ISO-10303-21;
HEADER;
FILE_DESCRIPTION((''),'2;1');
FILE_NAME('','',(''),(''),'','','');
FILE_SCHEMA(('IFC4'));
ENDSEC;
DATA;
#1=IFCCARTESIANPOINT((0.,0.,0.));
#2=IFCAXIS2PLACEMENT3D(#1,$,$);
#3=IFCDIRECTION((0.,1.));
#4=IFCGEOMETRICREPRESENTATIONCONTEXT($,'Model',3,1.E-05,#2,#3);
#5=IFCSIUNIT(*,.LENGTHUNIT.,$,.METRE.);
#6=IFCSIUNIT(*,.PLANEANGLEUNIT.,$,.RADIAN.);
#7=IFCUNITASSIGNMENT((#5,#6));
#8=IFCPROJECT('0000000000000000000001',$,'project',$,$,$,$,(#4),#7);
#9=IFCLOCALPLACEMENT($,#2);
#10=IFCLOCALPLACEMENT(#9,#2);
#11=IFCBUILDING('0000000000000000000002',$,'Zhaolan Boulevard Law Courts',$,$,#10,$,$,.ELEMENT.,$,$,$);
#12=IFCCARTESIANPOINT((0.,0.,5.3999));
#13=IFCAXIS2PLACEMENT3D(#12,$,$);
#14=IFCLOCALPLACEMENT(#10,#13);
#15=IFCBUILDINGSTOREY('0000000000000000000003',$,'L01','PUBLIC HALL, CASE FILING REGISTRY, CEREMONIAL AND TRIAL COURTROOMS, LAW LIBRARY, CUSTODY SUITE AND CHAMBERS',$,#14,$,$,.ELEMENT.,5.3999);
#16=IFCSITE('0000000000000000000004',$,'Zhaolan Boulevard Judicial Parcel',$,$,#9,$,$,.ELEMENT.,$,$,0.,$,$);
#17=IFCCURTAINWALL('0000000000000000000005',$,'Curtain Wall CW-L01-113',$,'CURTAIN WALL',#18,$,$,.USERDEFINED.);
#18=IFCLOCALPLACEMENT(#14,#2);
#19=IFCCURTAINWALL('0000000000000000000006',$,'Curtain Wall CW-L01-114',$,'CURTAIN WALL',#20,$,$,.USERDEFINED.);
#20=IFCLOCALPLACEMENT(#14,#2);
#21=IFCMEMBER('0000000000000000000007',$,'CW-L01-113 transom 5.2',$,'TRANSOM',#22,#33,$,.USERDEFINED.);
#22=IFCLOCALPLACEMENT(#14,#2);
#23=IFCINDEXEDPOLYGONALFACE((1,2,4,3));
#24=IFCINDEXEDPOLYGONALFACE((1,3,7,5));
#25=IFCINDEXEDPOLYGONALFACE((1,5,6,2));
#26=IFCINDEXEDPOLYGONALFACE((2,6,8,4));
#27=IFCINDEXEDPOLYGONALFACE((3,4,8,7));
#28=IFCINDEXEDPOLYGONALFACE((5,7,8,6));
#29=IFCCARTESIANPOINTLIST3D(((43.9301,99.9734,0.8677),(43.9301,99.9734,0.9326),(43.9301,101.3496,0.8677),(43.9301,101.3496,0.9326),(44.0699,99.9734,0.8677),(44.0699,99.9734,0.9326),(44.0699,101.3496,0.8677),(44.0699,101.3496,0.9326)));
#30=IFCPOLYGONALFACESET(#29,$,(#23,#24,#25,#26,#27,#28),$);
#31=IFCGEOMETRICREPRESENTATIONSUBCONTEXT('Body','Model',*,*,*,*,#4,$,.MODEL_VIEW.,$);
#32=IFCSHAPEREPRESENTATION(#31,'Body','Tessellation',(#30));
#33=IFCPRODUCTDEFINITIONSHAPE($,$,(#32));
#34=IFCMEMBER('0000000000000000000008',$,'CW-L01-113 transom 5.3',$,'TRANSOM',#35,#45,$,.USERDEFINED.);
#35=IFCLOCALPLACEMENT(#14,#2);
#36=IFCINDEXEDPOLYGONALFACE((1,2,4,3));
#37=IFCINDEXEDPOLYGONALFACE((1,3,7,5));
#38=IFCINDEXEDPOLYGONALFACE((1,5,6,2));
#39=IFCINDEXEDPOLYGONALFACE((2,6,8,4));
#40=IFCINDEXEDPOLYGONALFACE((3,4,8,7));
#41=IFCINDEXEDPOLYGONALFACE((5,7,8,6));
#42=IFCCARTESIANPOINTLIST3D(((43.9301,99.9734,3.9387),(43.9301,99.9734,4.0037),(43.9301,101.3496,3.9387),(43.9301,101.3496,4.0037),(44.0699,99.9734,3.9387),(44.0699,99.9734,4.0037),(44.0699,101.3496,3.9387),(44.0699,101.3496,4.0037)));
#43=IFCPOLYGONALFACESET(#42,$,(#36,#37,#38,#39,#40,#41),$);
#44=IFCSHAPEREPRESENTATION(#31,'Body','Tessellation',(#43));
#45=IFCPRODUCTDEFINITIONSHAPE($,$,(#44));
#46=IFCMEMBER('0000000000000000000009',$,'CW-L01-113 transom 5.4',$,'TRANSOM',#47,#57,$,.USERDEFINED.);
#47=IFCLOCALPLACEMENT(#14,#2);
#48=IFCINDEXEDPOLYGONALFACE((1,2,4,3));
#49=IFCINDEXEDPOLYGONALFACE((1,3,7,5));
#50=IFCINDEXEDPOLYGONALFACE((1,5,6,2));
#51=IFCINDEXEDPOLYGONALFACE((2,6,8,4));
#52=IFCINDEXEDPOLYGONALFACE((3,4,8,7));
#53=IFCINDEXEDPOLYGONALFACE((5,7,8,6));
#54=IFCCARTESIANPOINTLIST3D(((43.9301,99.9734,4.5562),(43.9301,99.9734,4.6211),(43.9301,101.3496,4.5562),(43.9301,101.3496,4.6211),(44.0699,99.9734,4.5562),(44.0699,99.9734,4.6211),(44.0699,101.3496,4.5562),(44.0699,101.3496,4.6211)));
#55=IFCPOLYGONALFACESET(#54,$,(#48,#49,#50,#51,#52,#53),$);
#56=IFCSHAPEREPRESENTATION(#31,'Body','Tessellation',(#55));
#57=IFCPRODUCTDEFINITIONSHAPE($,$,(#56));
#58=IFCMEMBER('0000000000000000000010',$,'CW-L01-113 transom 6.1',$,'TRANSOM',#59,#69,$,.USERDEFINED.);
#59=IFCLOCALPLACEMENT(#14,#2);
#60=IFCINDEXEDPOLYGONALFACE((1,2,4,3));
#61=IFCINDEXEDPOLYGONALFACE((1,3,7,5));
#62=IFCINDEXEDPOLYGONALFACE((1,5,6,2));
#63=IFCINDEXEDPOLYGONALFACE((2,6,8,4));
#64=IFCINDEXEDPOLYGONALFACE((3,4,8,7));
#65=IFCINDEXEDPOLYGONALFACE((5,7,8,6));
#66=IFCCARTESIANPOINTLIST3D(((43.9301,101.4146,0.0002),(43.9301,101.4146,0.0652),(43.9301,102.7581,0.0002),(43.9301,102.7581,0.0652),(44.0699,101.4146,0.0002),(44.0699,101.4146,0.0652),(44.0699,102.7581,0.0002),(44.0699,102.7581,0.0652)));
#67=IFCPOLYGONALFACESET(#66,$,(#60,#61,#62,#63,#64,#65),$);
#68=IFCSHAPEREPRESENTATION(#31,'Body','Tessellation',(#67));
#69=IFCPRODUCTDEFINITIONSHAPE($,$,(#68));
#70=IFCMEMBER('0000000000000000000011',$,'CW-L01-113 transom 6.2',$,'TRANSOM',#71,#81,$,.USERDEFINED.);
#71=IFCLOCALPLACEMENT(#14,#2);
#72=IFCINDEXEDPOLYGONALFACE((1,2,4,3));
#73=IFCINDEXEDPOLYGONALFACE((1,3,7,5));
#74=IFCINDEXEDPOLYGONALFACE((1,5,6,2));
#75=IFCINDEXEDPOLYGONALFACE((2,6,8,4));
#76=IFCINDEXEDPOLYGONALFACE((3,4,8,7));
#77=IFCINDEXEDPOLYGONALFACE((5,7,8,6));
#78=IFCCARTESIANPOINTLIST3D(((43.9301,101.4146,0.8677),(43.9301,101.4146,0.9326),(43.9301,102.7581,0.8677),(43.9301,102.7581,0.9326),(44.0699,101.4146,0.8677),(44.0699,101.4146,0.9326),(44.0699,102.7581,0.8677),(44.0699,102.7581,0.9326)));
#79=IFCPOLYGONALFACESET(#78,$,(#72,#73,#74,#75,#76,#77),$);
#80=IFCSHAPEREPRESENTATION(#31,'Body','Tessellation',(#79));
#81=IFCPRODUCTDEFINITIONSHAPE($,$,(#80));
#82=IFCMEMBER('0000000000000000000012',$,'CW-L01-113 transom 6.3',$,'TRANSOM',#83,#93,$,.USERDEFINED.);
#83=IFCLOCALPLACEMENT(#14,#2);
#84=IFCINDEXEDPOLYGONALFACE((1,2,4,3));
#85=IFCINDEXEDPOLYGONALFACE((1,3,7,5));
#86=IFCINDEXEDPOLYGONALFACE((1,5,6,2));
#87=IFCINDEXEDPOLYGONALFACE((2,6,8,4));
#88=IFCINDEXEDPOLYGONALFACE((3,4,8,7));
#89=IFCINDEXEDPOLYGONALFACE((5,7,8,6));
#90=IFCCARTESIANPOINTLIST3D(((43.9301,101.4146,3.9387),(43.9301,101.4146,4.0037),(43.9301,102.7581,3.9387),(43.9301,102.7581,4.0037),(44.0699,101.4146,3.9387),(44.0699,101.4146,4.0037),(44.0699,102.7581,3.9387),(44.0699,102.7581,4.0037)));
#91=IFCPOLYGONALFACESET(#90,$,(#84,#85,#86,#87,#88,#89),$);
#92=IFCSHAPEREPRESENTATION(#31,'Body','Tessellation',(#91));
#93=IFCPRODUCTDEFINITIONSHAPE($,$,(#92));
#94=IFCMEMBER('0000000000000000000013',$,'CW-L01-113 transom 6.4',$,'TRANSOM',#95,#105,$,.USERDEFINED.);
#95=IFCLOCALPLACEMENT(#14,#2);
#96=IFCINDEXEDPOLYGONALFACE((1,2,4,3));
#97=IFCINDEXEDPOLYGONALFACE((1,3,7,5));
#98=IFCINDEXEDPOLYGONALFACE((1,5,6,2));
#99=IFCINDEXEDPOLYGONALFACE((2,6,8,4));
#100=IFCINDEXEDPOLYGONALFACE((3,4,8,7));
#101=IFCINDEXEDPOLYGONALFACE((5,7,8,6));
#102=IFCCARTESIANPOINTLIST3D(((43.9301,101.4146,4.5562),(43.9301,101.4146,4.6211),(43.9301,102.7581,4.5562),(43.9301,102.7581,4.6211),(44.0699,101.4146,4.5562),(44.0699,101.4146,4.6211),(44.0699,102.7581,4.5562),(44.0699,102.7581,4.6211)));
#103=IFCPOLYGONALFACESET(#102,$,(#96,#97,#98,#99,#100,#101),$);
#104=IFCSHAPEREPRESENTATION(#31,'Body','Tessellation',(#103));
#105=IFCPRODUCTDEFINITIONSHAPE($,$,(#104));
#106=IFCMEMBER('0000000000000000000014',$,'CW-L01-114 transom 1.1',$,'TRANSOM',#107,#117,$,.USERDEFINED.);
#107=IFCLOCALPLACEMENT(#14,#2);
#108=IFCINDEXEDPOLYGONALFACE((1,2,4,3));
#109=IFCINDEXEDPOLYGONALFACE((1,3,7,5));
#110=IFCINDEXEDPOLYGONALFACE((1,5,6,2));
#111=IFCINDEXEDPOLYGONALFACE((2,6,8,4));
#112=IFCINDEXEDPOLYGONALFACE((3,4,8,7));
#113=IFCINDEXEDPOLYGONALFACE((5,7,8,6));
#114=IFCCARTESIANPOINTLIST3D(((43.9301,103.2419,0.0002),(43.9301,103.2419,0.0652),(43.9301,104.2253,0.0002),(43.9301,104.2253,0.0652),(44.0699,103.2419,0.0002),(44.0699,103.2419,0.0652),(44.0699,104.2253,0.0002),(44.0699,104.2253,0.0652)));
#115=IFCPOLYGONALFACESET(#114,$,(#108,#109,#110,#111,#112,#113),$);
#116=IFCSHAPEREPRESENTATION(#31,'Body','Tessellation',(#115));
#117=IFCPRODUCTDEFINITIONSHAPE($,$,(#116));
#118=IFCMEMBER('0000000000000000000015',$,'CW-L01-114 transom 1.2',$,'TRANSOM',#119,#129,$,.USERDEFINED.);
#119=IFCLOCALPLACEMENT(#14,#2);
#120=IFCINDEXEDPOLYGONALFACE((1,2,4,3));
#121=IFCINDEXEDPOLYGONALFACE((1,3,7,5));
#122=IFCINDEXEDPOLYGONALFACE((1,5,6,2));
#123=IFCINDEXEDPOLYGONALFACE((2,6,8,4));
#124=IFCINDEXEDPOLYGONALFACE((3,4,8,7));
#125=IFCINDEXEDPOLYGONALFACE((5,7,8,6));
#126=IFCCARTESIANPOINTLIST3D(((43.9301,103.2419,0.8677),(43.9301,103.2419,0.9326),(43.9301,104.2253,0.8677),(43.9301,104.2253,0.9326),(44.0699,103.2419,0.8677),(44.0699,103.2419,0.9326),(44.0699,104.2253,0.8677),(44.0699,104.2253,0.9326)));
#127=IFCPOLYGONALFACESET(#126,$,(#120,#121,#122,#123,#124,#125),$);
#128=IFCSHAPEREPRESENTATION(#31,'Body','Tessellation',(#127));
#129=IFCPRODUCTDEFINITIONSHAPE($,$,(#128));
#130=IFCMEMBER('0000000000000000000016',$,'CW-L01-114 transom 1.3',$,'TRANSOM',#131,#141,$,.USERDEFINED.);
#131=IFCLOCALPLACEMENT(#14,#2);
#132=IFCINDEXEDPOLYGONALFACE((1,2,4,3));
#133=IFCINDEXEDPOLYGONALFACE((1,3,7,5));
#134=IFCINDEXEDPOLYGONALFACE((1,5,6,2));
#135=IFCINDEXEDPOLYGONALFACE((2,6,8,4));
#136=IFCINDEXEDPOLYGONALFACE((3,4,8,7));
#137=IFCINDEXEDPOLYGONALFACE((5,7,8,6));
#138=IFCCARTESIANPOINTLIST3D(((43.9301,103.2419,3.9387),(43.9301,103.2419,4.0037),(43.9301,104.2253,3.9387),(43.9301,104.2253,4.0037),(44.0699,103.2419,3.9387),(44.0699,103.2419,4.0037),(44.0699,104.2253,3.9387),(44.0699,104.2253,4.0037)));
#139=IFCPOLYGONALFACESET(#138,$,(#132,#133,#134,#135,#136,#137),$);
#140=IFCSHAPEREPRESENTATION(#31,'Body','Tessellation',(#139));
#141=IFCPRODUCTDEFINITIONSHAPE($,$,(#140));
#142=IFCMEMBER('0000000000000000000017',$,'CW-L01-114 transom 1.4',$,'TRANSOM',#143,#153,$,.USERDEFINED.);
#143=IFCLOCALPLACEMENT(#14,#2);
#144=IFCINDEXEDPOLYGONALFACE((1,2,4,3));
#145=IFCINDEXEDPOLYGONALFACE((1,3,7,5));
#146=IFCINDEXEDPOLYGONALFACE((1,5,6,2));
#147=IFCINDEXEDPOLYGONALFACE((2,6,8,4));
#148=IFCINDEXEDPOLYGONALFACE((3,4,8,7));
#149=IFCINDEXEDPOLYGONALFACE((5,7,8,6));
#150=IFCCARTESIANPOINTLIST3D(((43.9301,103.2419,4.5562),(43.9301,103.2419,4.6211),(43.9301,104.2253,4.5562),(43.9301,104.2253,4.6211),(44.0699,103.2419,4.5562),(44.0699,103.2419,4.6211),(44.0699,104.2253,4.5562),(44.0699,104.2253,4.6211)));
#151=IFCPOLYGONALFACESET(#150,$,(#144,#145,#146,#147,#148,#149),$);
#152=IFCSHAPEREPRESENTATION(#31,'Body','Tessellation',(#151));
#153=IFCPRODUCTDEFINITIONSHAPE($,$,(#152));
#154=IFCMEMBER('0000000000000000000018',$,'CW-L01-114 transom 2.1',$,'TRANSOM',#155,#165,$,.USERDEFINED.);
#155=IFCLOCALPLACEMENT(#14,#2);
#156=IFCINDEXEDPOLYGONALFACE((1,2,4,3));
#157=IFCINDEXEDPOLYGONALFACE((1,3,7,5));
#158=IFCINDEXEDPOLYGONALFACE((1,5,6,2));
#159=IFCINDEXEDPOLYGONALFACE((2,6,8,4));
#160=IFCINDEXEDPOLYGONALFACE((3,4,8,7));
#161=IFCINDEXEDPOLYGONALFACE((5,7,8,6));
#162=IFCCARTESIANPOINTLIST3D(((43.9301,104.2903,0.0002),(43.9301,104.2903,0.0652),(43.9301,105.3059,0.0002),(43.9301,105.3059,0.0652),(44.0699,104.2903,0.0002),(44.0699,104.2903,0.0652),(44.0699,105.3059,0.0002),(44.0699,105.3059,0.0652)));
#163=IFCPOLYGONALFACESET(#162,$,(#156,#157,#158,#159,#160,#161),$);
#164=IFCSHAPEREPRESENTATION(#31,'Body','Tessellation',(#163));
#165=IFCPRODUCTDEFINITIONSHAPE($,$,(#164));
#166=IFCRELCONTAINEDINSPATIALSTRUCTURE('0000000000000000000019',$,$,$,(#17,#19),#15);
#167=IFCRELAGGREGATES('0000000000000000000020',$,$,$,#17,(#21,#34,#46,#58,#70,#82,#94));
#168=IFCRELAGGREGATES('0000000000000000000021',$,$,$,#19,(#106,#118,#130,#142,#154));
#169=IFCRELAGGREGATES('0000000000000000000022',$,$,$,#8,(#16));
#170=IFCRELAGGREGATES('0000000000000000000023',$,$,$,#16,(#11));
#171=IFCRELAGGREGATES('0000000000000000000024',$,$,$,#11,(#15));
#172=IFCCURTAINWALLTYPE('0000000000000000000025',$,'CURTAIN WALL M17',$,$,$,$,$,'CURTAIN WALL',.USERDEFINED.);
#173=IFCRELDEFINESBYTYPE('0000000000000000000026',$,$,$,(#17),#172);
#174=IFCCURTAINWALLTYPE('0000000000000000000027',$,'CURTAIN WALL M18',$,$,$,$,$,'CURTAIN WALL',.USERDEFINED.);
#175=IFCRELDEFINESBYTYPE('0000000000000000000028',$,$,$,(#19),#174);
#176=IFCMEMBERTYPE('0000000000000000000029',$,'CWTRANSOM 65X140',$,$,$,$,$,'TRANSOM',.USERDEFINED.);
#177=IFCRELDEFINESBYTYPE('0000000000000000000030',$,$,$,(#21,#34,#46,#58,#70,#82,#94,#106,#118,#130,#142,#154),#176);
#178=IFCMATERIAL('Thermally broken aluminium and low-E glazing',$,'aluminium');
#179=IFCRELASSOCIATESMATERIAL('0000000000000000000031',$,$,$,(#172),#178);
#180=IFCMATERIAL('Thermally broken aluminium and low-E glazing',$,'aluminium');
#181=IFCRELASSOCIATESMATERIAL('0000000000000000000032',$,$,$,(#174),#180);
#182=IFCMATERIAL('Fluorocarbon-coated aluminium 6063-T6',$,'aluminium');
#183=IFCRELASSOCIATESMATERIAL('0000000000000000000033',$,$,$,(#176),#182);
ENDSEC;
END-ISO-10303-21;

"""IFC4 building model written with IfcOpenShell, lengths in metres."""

from ifc_helpers import new_model, si_unit, direction, frame, origin, origin_2d, place, context, subcontext, project, spatial, rectangle, extrude, material, material_profile, profile_set, type_object, element, aggregate, save


model = new_model("IFC4")

# Units and contexts
model_context = context("Model", 3, precision=1e-05, world=origin(), true_north=direction((0.0, 1.0)))
body_context = subcontext(model_context, "Body", "Model", "MODEL_VIEW")
ifc_project = project(units=[si_unit("LENGTHUNIT", "METRE"), si_unit("PLANEANGLEUNIT", "RADIAN")], contexts=[model_context])

# Site, building, storey
site_placement = place(None, origin())
site = spatial("IfcSite", under=ifc_project, at=site_placement, Name="Zhaolan Boulevard Judicial Parcel", CompositionType="ELEMENT", RefElevation=0.0)
building_placement = place(site_placement, origin())
building = spatial("IfcBuilding", under=site, at=building_placement, Name="Zhaolan Boulevard Law Courts", CompositionType="ELEMENT")
storey_placement = place(building_placement, frame((0.0, 0.0, 5.3999)))
storey = spatial("IfcBuildingStorey", under=building, at=storey_placement, Name="L01", Description="PUBLIC HALL, CASE FILING REGISTRY, CEREMONIAL AND TRIAL COURTROOMS, LAW LIBRARY, CUSTODY SUITE AND CHAMBERS", CompositionType="ELEMENT", Elevation=5.3999)

# Curtain walls
ifc_material_1 = material(Name="Thermally broken aluminium and low-E glazing", Category="aluminium")
curtain_wall_type_1 = type_object("IfcCurtainWallType", Name="CURTAIN WALL M17", ElementType="CURTAIN WALL", PredefinedType="USERDEFINED", material=ifc_material_1)
curtain_wall_1_placement = place(storey_placement, origin())
curtain_wall_1 = element("IfcCurtainWall", 1, at=curtain_wall_1_placement, inside=storey, type_object=curtain_wall_type_1, Name="Curtain Wall CW-L01-113", ObjectType="CURTAIN WALL", PredefinedType="USERDEFINED")
ifc_material_2 = material(Name="Thermally broken aluminium and low-E glazing", Category="aluminium")
curtain_wall_type_2 = type_object("IfcCurtainWallType", Name="CURTAIN WALL M18", ElementType="CURTAIN WALL", PredefinedType="USERDEFINED", material=ifc_material_2)
curtain_wall_2_placement = place(storey_placement, origin())
curtain_wall_2 = element("IfcCurtainWall", 2, at=curtain_wall_2_placement, inside=storey, type_object=curtain_wall_type_2, Name="Curtain Wall CW-L01-114", ObjectType="CURTAIN WALL", PredefinedType="USERDEFINED")

# Members
ifc_material_3 = material(Name="Fluorocarbon-coated aluminium 6063-T6", Category="aluminium")
ifc_material_profile_1 = material_profile(ifc_material_3, rectangle(XDim=0.1399, YDim=0.0649, at=origin_2d()), Name="AL65x140")
ifc_profile_set_1 = profile_set([ifc_material_profile_1], Name="Fluorocarbon-coated aluminium 6063-T6")
member_type_1 = type_object("IfcMemberType", Name="CWTRANSOM 65X140", ElementType="TRANSOM", PredefinedType="USERDEFINED", material=ifc_profile_set_1)
member_1_placement = place(storey_placement, frame((44.0, 99.9734, 0.9001), z_axis=(0.0, 1.0, 0.0), x_axis=(-1.0, 0.0, 0.0)))
member_1 = element("IfcMember", 3, at=member_1_placement, type_object=member_type_1, Name="CW-L01-113 transom 5.2", ObjectType="TRANSOM", PredefinedType="USERDEFINED", context=body_context, shape_type="SweptSolid", body=[
    extrude(rectangle(XDim=0.1399, YDim=0.0649, at=origin_2d()), origin(), (0.0, 0.0, 1.0), 1.3762),
])
member_2_placement = place(storey_placement, frame((44.0, 99.9734, 3.9712), z_axis=(0.0, 1.0, 0.0), x_axis=(-1.0, 0.0, 0.0)))
member_2 = element("IfcMember", 4, at=member_2_placement, type_object=member_type_1, Name="CW-L01-113 transom 5.3", ObjectType="TRANSOM", PredefinedType="USERDEFINED", context=body_context, shape_type="SweptSolid", body=[
    extrude(rectangle(XDim=0.1399, YDim=0.0649, at=origin_2d()), origin(), (0.0, 0.0, 1.0), 1.3762),
])
member_3_placement = place(storey_placement, frame((44.0, 99.9734, 4.5886), z_axis=(0.0, 1.0, 0.0), x_axis=(-1.0, 0.0, 0.0)))
member_3 = element("IfcMember", 5, at=member_3_placement, type_object=member_type_1, Name="CW-L01-113 transom 5.4", ObjectType="TRANSOM", PredefinedType="USERDEFINED", context=body_context, shape_type="SweptSolid", body=[
    extrude(rectangle(XDim=0.1399, YDim=0.0649, at=origin_2d()), origin(), (0.0, 0.0, 1.0), 1.3762),
])
member_4_placement = place(storey_placement, frame((44.0, 101.4146, 0.0327), z_axis=(0.0, 1.0, 0.0), x_axis=(-1.0, 0.0, 0.0)))
member_4 = element("IfcMember", 6, at=member_4_placement, type_object=member_type_1, Name="CW-L01-113 transom 6.1", ObjectType="TRANSOM", PredefinedType="USERDEFINED", context=body_context, shape_type="SweptSolid", body=[
    extrude(rectangle(XDim=0.1399, YDim=0.0649, at=origin_2d()), origin(), (0.0, 0.0, 1.0), 1.3435),
])
member_5_placement = place(storey_placement, frame((44.0, 101.4146, 0.9001), z_axis=(0.0, 1.0, 0.0), x_axis=(-1.0, 0.0, 0.0)))
member_5 = element("IfcMember", 7, at=member_5_placement, type_object=member_type_1, Name="CW-L01-113 transom 6.2", ObjectType="TRANSOM", PredefinedType="USERDEFINED", context=body_context, shape_type="SweptSolid", body=[
    extrude(rectangle(XDim=0.1399, YDim=0.0649, at=origin_2d()), origin(), (0.0, 0.0, 1.0), 1.3435),
])
member_6_placement = place(storey_placement, frame((44.0, 101.4146, 3.9712), z_axis=(0.0, 1.0, 0.0), x_axis=(-1.0, 0.0, 0.0)))
member_6 = element("IfcMember", 8, at=member_6_placement, type_object=member_type_1, Name="CW-L01-113 transom 6.3", ObjectType="TRANSOM", PredefinedType="USERDEFINED", context=body_context, shape_type="SweptSolid", body=[
    extrude(rectangle(XDim=0.1399, YDim=0.0649, at=origin_2d()), origin(), (0.0, 0.0, 1.0), 1.3435),
])
member_7_placement = place(storey_placement, frame((44.0, 101.4146, 4.5886), z_axis=(0.0, 1.0, 0.0), x_axis=(-1.0, 0.0, 0.0)))
member_7 = element("IfcMember", 9, at=member_7_placement, type_object=member_type_1, Name="CW-L01-113 transom 6.4", ObjectType="TRANSOM", PredefinedType="USERDEFINED", context=body_context, shape_type="SweptSolid", body=[
    extrude(rectangle(XDim=0.1399, YDim=0.0649, at=origin_2d()), origin(), (0.0, 0.0, 1.0), 1.3435),
])
member_8_placement = place(storey_placement, frame((44.0, 103.2419, 0.0327), z_axis=(0.0, 1.0, 0.0), x_axis=(-1.0, 0.0, 0.0)))
member_8 = element("IfcMember", 10, at=member_8_placement, type_object=member_type_1, Name="CW-L01-114 transom 1.1", ObjectType="TRANSOM", PredefinedType="USERDEFINED", context=body_context, shape_type="SweptSolid", body=[
    extrude(rectangle(XDim=0.1399, YDim=0.0649, at=origin_2d()), origin(), (0.0, 0.0, 1.0), 0.9834),
])
member_9_placement = place(storey_placement, frame((44.0, 103.2419, 0.9001), z_axis=(0.0, 1.0, 0.0), x_axis=(-1.0, 0.0, 0.0)))
member_9 = element("IfcMember", 11, at=member_9_placement, type_object=member_type_1, Name="CW-L01-114 transom 1.2", ObjectType="TRANSOM", PredefinedType="USERDEFINED", context=body_context, shape_type="SweptSolid", body=[
    extrude(rectangle(XDim=0.1399, YDim=0.0649, at=origin_2d()), origin(), (0.0, 0.0, 1.0), 0.9834),
])
member_10_placement = place(storey_placement, frame((44.0, 103.2419, 3.9712), z_axis=(0.0, 1.0, 0.0), x_axis=(-1.0, 0.0, 0.0)))
member_10 = element("IfcMember", 12, at=member_10_placement, type_object=member_type_1, Name="CW-L01-114 transom 1.3", ObjectType="TRANSOM", PredefinedType="USERDEFINED", context=body_context, shape_type="SweptSolid", body=[
    extrude(rectangle(XDim=0.1399, YDim=0.0649, at=origin_2d()), origin(), (0.0, 0.0, 1.0), 0.9834),
])
member_11_placement = place(storey_placement, frame((44.0, 103.2419, 4.5886), z_axis=(0.0, 1.0, 0.0), x_axis=(-1.0, 0.0, 0.0)))
member_11 = element("IfcMember", 13, at=member_11_placement, type_object=member_type_1, Name="CW-L01-114 transom 1.4", ObjectType="TRANSOM", PredefinedType="USERDEFINED", context=body_context, shape_type="SweptSolid", body=[
    extrude(rectangle(XDim=0.1399, YDim=0.0649, at=origin_2d()), origin(), (0.0, 0.0, 1.0), 0.9834),
])
member_12_placement = place(storey_placement, frame((44.0, 104.2903, 0.0327), z_axis=(0.0, 1.0, 0.0), x_axis=(-1.0, 0.0, 0.0)))
member_12 = element("IfcMember", 14, at=member_12_placement, type_object=member_type_1, Name="CW-L01-114 transom 2.1", ObjectType="TRANSOM", PredefinedType="USERDEFINED", context=body_context, shape_type="SweptSolid", body=[
    extrude(rectangle(XDim=0.1399, YDim=0.0649, at=origin_2d()), origin(), (0.0, 0.0, 1.0), 1.0156),
])

aggregate(curtain_wall_1, [member_1, member_2, member_3, member_4, member_5, member_6, member_7])
aggregate(curtain_wall_2, [member_8, member_9, member_10, member_11, member_12])

save(model, "model.ifc")
